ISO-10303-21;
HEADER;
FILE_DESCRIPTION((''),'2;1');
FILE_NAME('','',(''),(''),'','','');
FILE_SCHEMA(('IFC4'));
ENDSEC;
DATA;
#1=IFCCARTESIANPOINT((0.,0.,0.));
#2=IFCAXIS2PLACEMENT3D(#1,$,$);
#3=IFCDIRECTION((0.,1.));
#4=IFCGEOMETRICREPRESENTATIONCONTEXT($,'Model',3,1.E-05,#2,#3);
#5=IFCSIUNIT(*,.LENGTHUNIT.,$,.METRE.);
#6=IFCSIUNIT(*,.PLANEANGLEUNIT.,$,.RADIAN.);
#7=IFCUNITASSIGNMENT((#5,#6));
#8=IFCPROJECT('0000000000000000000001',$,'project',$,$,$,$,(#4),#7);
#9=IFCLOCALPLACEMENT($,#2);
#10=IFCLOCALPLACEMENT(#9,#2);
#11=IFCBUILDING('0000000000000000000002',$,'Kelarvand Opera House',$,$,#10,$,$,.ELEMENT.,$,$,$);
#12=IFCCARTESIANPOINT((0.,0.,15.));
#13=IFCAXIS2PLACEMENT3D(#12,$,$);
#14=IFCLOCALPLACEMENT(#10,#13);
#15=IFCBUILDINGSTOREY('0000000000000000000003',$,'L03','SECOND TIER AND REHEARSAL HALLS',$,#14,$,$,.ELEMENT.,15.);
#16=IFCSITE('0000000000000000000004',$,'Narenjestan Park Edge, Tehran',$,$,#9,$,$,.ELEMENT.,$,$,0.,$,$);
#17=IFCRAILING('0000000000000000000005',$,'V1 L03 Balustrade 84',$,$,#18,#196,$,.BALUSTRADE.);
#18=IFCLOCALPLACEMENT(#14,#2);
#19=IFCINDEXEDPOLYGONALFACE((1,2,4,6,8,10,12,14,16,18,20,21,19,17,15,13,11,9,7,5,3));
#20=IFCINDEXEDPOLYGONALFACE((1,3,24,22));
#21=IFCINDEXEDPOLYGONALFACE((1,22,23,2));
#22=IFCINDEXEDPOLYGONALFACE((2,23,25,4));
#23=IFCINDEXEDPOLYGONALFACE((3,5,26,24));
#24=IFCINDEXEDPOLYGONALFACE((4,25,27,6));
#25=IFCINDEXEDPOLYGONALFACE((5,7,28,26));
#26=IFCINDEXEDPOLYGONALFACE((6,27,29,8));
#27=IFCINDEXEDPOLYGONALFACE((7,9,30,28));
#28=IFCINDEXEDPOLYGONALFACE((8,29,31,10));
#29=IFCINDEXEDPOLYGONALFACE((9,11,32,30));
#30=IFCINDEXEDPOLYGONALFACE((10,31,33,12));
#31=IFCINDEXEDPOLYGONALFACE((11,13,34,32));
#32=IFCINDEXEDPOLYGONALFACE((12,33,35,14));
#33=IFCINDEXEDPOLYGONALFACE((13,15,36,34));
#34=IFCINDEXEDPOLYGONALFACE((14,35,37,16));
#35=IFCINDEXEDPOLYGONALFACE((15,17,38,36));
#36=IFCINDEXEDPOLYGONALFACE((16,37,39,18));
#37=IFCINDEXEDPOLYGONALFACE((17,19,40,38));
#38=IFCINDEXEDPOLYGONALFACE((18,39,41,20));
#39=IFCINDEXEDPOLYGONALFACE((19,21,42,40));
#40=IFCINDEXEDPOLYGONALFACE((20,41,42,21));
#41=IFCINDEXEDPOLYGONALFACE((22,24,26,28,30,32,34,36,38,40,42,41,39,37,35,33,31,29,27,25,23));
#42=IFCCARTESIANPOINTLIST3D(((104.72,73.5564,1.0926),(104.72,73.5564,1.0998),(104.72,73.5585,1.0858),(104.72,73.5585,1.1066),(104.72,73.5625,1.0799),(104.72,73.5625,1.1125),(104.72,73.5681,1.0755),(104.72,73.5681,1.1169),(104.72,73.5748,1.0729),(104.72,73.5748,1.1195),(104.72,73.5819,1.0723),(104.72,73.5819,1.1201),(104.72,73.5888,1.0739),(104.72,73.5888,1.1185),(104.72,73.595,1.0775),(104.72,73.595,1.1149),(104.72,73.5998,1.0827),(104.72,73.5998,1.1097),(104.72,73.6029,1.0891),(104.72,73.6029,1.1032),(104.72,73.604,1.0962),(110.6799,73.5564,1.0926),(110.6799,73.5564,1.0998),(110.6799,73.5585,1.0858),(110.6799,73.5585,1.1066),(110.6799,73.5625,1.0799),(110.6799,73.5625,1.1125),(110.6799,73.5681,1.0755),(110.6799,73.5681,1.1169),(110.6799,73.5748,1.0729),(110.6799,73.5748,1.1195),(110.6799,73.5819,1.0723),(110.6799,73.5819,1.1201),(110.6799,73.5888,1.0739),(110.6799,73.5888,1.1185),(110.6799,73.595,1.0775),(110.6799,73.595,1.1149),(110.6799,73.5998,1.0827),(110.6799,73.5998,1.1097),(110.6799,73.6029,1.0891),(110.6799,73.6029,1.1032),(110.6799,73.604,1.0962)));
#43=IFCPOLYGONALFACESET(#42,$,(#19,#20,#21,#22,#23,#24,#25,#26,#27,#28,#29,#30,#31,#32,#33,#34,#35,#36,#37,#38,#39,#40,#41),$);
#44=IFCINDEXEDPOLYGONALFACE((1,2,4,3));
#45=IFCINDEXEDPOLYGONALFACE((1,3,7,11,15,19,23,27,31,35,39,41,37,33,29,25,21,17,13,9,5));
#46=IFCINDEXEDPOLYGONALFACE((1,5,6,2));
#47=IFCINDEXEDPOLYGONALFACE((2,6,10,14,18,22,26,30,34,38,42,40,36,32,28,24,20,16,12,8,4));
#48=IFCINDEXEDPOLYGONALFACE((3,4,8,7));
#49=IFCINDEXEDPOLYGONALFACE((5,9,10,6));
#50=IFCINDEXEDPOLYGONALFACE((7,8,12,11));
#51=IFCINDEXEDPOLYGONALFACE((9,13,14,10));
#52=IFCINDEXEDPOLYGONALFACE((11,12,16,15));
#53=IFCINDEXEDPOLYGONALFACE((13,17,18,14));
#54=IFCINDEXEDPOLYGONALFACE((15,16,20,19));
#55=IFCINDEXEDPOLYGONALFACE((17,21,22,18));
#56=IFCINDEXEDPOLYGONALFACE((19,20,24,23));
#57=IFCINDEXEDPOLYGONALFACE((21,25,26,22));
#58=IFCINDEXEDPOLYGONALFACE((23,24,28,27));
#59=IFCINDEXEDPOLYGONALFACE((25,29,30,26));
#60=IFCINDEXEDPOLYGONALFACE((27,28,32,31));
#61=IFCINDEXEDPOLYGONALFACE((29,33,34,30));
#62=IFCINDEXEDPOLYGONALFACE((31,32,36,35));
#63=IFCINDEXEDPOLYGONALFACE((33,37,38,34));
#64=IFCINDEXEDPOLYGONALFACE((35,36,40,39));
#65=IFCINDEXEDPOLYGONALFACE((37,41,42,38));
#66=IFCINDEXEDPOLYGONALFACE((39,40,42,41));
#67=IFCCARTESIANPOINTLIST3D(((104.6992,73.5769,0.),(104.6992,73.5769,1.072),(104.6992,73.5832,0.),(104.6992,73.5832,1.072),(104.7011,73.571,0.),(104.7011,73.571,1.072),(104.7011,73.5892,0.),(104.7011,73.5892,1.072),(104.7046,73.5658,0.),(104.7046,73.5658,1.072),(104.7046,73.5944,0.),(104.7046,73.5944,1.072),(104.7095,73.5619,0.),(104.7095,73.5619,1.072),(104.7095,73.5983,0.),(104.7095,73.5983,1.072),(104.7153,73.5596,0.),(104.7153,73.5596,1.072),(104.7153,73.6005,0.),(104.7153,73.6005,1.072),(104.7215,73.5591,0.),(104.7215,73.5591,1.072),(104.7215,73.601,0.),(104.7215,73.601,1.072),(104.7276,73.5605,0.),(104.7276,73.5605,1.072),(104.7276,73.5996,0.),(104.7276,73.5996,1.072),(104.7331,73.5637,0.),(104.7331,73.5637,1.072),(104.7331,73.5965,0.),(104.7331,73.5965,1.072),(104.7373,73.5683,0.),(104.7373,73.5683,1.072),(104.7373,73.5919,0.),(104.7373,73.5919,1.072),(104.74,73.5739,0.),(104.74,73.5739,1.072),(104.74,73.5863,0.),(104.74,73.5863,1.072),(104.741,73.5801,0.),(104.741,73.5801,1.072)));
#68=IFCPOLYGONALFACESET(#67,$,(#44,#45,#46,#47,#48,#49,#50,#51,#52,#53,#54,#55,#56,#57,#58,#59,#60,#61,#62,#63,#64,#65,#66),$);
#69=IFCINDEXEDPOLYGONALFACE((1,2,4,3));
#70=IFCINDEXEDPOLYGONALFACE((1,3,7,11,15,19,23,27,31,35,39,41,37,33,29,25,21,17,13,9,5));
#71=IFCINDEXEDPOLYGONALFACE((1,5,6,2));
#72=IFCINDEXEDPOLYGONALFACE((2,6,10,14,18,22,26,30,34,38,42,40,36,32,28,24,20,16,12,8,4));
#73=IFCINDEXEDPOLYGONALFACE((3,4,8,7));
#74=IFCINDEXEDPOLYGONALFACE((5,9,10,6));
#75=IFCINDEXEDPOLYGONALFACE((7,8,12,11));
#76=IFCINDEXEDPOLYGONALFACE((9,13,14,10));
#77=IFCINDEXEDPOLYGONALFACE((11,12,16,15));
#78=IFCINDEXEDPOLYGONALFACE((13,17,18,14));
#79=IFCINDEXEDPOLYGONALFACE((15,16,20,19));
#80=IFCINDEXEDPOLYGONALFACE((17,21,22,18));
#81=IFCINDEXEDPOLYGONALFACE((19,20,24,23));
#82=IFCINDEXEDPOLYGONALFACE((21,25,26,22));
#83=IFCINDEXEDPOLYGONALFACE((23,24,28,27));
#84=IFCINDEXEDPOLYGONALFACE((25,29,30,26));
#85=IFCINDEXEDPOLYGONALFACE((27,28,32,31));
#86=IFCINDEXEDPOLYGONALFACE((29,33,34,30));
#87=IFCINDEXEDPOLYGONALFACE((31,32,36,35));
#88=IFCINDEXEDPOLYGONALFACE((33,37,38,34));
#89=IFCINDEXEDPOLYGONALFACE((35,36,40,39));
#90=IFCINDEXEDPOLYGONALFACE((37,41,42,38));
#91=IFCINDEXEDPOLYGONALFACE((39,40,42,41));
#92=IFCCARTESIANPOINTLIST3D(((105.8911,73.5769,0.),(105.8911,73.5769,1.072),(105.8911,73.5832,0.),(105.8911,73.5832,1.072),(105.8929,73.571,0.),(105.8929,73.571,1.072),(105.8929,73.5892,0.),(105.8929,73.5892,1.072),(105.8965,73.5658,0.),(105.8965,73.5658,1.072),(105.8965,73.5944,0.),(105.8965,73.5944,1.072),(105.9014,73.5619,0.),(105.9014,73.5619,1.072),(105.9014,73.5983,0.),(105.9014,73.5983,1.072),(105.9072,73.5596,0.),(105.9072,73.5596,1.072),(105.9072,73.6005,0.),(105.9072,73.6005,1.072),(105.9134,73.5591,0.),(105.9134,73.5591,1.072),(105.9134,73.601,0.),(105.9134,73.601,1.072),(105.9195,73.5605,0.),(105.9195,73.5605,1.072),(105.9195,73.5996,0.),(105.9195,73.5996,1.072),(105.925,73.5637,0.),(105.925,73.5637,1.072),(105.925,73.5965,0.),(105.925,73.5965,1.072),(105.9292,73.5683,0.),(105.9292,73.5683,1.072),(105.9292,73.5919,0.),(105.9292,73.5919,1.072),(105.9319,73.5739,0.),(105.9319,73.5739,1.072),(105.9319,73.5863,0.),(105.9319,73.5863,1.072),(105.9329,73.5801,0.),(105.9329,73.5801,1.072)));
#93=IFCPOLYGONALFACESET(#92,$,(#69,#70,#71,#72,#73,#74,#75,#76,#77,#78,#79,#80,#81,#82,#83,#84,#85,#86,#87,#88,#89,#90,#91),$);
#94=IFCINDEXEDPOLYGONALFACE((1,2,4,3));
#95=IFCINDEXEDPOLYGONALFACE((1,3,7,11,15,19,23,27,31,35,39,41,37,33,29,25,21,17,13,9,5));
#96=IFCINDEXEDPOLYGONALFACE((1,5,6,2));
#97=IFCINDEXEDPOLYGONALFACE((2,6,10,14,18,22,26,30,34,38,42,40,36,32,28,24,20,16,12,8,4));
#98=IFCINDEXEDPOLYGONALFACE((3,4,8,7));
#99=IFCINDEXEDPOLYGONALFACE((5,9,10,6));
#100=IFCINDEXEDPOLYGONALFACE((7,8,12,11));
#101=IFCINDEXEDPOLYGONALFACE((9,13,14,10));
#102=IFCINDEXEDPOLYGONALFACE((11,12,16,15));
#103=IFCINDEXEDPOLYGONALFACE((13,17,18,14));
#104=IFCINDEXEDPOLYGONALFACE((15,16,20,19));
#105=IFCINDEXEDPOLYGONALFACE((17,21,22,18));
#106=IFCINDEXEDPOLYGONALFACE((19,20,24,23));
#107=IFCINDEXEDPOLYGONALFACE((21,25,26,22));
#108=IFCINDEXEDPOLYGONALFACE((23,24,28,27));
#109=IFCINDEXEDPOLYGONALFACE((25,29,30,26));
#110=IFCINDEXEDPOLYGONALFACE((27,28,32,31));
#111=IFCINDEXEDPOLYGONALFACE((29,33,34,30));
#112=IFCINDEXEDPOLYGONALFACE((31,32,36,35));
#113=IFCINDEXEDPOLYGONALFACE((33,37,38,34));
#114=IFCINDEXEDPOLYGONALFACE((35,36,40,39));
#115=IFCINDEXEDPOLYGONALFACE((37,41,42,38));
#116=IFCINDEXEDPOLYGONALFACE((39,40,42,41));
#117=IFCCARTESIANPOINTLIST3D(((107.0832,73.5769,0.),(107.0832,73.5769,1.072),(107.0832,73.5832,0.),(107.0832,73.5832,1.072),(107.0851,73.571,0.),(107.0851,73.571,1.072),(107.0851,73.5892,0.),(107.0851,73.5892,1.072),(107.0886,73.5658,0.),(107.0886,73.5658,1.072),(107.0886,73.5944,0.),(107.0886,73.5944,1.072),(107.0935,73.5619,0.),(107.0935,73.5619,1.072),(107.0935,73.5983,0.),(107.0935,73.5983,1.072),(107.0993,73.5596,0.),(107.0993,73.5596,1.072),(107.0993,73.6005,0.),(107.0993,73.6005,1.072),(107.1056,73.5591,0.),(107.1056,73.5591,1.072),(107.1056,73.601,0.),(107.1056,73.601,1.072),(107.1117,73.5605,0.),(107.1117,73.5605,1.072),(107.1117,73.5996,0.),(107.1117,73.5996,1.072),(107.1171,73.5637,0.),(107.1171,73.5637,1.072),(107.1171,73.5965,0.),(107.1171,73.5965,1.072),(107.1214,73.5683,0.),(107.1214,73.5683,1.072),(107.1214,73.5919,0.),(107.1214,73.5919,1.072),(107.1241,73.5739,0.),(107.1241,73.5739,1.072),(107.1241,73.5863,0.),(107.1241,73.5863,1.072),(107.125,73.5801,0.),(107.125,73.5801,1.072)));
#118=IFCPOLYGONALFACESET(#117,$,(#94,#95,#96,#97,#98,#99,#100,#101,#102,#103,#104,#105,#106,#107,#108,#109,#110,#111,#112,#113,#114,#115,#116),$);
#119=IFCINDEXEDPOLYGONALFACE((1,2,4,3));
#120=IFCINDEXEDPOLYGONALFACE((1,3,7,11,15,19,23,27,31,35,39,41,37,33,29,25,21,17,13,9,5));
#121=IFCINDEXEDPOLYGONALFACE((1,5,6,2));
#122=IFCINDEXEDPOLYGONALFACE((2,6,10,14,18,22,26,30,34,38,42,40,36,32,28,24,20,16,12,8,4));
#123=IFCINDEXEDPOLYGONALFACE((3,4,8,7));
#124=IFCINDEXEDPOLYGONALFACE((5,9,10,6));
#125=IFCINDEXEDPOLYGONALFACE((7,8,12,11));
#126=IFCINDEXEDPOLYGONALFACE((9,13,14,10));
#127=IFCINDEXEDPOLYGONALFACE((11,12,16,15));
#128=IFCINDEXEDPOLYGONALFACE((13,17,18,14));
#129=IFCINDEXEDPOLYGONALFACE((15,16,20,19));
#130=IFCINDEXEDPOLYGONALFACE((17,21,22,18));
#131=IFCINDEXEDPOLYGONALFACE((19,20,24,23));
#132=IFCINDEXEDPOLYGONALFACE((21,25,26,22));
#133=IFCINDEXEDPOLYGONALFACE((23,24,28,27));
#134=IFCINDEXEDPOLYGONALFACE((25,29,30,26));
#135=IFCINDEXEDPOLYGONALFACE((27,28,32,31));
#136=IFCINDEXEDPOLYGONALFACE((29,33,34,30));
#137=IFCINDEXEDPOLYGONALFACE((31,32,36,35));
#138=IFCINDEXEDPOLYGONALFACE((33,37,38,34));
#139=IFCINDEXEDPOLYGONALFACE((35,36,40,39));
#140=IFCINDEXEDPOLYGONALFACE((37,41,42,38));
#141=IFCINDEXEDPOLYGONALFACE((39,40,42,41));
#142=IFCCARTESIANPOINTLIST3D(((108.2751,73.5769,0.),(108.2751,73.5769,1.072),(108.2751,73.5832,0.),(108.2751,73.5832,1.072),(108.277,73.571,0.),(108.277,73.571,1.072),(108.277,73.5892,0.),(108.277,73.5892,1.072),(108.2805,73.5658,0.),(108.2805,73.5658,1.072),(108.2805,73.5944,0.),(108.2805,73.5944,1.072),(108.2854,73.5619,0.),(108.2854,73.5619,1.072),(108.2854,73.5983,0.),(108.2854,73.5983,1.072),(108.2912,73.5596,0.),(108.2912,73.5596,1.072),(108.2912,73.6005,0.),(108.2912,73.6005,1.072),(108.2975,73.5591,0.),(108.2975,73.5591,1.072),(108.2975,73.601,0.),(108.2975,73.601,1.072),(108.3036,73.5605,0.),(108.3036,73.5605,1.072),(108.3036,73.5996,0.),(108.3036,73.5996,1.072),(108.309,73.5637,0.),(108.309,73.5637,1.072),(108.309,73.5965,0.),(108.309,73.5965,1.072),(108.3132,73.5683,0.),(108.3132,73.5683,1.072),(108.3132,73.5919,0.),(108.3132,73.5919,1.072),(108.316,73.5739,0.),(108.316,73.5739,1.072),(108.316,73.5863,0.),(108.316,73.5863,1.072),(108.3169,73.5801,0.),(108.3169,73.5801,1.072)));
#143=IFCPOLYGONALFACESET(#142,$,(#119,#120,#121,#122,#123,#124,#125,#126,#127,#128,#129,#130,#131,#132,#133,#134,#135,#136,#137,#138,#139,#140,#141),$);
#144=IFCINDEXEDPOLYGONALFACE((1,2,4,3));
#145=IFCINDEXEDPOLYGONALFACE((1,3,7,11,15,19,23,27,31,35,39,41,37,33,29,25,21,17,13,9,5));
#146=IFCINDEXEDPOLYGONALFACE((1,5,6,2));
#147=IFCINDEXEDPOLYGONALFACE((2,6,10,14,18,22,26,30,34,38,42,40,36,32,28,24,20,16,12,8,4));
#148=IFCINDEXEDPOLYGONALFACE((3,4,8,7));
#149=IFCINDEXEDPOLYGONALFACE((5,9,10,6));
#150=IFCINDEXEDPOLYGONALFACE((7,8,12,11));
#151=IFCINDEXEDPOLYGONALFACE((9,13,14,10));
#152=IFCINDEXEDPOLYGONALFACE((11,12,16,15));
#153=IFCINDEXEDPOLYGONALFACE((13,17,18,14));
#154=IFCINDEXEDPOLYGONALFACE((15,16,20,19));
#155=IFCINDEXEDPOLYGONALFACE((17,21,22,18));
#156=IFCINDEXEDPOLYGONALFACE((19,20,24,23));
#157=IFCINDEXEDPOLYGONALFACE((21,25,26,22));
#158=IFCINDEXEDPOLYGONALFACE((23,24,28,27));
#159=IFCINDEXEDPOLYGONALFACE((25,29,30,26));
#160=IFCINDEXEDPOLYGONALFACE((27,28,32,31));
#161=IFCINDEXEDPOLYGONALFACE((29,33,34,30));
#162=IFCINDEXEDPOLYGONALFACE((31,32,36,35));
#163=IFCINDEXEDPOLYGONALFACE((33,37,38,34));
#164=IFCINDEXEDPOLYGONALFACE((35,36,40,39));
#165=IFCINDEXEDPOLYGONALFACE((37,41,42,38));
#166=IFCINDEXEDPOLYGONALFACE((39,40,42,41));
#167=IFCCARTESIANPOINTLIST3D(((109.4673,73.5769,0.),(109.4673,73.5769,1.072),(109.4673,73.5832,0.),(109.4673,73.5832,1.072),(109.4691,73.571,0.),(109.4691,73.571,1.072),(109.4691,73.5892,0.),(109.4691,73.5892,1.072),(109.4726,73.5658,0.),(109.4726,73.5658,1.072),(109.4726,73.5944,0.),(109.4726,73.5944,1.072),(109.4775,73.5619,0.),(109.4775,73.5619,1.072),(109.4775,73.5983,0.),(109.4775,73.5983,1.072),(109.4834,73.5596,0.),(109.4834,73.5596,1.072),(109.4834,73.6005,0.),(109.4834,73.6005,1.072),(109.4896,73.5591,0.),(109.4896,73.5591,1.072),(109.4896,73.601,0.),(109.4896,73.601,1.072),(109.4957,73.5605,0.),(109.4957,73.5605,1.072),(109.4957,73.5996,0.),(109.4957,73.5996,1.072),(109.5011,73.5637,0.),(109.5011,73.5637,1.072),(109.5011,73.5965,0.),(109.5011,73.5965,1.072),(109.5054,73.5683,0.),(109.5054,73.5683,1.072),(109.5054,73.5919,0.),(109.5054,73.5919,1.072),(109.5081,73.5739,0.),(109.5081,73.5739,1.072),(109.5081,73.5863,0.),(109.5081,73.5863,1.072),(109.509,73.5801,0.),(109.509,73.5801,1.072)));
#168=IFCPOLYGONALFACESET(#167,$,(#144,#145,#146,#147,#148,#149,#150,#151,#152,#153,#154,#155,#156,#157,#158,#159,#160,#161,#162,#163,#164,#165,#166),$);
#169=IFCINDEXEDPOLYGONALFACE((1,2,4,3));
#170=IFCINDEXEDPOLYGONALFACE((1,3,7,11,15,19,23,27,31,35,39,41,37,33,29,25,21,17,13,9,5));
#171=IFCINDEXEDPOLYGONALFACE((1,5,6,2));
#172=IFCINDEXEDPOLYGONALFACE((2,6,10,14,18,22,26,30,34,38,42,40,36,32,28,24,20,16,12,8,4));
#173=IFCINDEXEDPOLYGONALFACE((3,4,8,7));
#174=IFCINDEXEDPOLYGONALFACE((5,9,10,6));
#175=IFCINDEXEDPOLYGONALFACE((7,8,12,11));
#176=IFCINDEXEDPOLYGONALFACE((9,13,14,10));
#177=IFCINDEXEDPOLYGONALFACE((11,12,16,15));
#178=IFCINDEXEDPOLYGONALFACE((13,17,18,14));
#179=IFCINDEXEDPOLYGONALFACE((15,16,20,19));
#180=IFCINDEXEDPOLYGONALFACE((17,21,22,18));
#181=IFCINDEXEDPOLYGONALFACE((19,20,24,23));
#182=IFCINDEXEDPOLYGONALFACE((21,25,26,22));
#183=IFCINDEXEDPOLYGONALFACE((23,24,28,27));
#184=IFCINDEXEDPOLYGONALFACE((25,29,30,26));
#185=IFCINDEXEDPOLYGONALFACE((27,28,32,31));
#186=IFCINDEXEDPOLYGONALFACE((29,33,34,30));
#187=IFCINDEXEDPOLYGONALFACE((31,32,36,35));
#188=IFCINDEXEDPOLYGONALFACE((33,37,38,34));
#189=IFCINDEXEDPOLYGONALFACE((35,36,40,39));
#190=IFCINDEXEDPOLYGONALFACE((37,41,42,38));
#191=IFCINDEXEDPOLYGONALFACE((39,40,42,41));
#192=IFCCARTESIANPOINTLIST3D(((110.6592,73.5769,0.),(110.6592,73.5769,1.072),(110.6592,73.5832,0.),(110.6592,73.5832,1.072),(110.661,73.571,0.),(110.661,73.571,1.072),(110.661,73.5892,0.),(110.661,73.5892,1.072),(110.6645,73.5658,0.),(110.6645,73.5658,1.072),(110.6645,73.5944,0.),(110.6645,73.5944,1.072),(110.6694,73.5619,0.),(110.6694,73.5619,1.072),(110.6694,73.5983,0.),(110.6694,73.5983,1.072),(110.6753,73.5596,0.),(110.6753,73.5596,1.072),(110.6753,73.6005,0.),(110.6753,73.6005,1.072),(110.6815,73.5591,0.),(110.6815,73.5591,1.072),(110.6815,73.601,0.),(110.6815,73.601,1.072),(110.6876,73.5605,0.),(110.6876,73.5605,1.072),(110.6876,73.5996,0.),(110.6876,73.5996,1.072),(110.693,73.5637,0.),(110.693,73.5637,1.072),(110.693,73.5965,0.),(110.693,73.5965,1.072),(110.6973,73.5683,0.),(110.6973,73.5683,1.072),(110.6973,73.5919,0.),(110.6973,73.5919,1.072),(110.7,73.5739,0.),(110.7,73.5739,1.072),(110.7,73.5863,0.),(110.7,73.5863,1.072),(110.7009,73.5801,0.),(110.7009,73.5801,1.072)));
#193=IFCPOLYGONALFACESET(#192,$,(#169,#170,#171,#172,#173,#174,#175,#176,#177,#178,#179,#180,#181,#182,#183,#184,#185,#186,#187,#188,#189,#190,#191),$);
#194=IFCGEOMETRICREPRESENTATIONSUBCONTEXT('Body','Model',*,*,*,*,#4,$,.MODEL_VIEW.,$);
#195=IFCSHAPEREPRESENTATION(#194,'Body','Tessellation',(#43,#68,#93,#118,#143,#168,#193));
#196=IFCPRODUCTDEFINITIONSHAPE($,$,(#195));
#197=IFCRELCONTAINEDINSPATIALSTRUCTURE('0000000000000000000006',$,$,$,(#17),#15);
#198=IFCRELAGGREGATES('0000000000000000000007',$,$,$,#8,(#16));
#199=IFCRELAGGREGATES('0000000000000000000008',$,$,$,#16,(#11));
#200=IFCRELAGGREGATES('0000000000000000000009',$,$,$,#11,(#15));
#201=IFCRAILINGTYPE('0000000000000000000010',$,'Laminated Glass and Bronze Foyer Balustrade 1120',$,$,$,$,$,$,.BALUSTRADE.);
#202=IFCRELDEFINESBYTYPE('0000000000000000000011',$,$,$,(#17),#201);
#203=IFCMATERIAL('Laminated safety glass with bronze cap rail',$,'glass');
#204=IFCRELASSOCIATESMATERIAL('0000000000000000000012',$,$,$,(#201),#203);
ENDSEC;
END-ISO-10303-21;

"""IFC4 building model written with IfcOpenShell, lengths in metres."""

from ifc_helpers import new_model, si_unit, direction, frame, origin, origin_2d, place, context, subcontext, project, spatial, circle, extrude, material, type_object, element, save


model = new_model("IFC4")

# Units and contexts
model_context = context("Model", 3, precision=1e-05, world=origin(), true_north=direction((0.0, 1.0)))
body_context = subcontext(model_context, "Body", "Model", "MODEL_VIEW")
ifc_project = project(units=[si_unit("LENGTHUNIT", "METRE"), si_unit("PLANEANGLEUNIT", "RADIAN")], contexts=[model_context])

# Site, building, storey
site_placement = place(None, origin())
site = spatial("IfcSite", under=ifc_project, at=site_placement, Name="Narenjestan Park Edge, Tehran", CompositionType="ELEMENT", RefElevation=0.0)
building_placement = place(site_placement, origin())
building = spatial("IfcBuilding", under=site, at=building_placement, Name="Kelarvand Opera House", CompositionType="ELEMENT")
storey_placement = place(building_placement, frame((0.0, 0.0, 15.0)))
storey = spatial("IfcBuildingStorey", under=building, at=storey_placement, Name="L03", Description="SECOND TIER AND REHEARSAL HALLS", CompositionType="ELEMENT", Elevation=15.0)

# Railing
ifc_material_1 = material(Name="Laminated safety glass with bronze cap rail", Category="glass")
railing_type = type_object("IfcRailingType", Name="Laminated Glass and Bronze Foyer Balustrade 1120", PredefinedType="BALUSTRADE", material=ifc_material_1)
railing_1_placement = place(storey_placement, frame((104.72, 73.5801, 0.0)))
element("IfcRailing", 1, at=railing_1_placement, inside=storey, type_object=railing_type, Name="V1 L03 Balustrade 84", PredefinedType="BALUSTRADE", context=body_context, shape_type="SweptSolid", body=[
    extrude(circle(Radius=0.0239, at=origin_2d()), frame((0.0, 0.0, 1.0962), z_axis=(1.0, 0.0, 0.0), x_axis=(0.0, 1.0, 0.0)), (0.0, 0.0, 1.0), 5.96),
    extrude(circle(Radius=0.021, at=origin_2d()), origin(), (0.0, 0.0, 1.0), 1.072),
    extrude(circle(Radius=0.021, at=origin_2d()), frame((1.1919, 0.0, 0.0)), (0.0, 0.0, 1.0), 1.072),
    extrude(circle(Radius=0.021, at=origin_2d()), frame((2.384, 0.0, 0.0)), (0.0, 0.0, 1.0), 1.072),
    extrude(circle(Radius=0.021, at=origin_2d()), frame((3.5759, 0.0, 0.0)), (0.0, 0.0, 1.0), 1.072),
    extrude(circle(Radius=0.021, at=origin_2d()), frame((4.7681, 0.0, 0.0)), (0.0, 0.0, 1.0), 1.072),
    extrude(circle(Radius=0.021, at=origin_2d()), frame((5.96, 0.0, 0.0)), (0.0, 0.0, 1.0), 1.072),
])

save(model, "model.ifc")
